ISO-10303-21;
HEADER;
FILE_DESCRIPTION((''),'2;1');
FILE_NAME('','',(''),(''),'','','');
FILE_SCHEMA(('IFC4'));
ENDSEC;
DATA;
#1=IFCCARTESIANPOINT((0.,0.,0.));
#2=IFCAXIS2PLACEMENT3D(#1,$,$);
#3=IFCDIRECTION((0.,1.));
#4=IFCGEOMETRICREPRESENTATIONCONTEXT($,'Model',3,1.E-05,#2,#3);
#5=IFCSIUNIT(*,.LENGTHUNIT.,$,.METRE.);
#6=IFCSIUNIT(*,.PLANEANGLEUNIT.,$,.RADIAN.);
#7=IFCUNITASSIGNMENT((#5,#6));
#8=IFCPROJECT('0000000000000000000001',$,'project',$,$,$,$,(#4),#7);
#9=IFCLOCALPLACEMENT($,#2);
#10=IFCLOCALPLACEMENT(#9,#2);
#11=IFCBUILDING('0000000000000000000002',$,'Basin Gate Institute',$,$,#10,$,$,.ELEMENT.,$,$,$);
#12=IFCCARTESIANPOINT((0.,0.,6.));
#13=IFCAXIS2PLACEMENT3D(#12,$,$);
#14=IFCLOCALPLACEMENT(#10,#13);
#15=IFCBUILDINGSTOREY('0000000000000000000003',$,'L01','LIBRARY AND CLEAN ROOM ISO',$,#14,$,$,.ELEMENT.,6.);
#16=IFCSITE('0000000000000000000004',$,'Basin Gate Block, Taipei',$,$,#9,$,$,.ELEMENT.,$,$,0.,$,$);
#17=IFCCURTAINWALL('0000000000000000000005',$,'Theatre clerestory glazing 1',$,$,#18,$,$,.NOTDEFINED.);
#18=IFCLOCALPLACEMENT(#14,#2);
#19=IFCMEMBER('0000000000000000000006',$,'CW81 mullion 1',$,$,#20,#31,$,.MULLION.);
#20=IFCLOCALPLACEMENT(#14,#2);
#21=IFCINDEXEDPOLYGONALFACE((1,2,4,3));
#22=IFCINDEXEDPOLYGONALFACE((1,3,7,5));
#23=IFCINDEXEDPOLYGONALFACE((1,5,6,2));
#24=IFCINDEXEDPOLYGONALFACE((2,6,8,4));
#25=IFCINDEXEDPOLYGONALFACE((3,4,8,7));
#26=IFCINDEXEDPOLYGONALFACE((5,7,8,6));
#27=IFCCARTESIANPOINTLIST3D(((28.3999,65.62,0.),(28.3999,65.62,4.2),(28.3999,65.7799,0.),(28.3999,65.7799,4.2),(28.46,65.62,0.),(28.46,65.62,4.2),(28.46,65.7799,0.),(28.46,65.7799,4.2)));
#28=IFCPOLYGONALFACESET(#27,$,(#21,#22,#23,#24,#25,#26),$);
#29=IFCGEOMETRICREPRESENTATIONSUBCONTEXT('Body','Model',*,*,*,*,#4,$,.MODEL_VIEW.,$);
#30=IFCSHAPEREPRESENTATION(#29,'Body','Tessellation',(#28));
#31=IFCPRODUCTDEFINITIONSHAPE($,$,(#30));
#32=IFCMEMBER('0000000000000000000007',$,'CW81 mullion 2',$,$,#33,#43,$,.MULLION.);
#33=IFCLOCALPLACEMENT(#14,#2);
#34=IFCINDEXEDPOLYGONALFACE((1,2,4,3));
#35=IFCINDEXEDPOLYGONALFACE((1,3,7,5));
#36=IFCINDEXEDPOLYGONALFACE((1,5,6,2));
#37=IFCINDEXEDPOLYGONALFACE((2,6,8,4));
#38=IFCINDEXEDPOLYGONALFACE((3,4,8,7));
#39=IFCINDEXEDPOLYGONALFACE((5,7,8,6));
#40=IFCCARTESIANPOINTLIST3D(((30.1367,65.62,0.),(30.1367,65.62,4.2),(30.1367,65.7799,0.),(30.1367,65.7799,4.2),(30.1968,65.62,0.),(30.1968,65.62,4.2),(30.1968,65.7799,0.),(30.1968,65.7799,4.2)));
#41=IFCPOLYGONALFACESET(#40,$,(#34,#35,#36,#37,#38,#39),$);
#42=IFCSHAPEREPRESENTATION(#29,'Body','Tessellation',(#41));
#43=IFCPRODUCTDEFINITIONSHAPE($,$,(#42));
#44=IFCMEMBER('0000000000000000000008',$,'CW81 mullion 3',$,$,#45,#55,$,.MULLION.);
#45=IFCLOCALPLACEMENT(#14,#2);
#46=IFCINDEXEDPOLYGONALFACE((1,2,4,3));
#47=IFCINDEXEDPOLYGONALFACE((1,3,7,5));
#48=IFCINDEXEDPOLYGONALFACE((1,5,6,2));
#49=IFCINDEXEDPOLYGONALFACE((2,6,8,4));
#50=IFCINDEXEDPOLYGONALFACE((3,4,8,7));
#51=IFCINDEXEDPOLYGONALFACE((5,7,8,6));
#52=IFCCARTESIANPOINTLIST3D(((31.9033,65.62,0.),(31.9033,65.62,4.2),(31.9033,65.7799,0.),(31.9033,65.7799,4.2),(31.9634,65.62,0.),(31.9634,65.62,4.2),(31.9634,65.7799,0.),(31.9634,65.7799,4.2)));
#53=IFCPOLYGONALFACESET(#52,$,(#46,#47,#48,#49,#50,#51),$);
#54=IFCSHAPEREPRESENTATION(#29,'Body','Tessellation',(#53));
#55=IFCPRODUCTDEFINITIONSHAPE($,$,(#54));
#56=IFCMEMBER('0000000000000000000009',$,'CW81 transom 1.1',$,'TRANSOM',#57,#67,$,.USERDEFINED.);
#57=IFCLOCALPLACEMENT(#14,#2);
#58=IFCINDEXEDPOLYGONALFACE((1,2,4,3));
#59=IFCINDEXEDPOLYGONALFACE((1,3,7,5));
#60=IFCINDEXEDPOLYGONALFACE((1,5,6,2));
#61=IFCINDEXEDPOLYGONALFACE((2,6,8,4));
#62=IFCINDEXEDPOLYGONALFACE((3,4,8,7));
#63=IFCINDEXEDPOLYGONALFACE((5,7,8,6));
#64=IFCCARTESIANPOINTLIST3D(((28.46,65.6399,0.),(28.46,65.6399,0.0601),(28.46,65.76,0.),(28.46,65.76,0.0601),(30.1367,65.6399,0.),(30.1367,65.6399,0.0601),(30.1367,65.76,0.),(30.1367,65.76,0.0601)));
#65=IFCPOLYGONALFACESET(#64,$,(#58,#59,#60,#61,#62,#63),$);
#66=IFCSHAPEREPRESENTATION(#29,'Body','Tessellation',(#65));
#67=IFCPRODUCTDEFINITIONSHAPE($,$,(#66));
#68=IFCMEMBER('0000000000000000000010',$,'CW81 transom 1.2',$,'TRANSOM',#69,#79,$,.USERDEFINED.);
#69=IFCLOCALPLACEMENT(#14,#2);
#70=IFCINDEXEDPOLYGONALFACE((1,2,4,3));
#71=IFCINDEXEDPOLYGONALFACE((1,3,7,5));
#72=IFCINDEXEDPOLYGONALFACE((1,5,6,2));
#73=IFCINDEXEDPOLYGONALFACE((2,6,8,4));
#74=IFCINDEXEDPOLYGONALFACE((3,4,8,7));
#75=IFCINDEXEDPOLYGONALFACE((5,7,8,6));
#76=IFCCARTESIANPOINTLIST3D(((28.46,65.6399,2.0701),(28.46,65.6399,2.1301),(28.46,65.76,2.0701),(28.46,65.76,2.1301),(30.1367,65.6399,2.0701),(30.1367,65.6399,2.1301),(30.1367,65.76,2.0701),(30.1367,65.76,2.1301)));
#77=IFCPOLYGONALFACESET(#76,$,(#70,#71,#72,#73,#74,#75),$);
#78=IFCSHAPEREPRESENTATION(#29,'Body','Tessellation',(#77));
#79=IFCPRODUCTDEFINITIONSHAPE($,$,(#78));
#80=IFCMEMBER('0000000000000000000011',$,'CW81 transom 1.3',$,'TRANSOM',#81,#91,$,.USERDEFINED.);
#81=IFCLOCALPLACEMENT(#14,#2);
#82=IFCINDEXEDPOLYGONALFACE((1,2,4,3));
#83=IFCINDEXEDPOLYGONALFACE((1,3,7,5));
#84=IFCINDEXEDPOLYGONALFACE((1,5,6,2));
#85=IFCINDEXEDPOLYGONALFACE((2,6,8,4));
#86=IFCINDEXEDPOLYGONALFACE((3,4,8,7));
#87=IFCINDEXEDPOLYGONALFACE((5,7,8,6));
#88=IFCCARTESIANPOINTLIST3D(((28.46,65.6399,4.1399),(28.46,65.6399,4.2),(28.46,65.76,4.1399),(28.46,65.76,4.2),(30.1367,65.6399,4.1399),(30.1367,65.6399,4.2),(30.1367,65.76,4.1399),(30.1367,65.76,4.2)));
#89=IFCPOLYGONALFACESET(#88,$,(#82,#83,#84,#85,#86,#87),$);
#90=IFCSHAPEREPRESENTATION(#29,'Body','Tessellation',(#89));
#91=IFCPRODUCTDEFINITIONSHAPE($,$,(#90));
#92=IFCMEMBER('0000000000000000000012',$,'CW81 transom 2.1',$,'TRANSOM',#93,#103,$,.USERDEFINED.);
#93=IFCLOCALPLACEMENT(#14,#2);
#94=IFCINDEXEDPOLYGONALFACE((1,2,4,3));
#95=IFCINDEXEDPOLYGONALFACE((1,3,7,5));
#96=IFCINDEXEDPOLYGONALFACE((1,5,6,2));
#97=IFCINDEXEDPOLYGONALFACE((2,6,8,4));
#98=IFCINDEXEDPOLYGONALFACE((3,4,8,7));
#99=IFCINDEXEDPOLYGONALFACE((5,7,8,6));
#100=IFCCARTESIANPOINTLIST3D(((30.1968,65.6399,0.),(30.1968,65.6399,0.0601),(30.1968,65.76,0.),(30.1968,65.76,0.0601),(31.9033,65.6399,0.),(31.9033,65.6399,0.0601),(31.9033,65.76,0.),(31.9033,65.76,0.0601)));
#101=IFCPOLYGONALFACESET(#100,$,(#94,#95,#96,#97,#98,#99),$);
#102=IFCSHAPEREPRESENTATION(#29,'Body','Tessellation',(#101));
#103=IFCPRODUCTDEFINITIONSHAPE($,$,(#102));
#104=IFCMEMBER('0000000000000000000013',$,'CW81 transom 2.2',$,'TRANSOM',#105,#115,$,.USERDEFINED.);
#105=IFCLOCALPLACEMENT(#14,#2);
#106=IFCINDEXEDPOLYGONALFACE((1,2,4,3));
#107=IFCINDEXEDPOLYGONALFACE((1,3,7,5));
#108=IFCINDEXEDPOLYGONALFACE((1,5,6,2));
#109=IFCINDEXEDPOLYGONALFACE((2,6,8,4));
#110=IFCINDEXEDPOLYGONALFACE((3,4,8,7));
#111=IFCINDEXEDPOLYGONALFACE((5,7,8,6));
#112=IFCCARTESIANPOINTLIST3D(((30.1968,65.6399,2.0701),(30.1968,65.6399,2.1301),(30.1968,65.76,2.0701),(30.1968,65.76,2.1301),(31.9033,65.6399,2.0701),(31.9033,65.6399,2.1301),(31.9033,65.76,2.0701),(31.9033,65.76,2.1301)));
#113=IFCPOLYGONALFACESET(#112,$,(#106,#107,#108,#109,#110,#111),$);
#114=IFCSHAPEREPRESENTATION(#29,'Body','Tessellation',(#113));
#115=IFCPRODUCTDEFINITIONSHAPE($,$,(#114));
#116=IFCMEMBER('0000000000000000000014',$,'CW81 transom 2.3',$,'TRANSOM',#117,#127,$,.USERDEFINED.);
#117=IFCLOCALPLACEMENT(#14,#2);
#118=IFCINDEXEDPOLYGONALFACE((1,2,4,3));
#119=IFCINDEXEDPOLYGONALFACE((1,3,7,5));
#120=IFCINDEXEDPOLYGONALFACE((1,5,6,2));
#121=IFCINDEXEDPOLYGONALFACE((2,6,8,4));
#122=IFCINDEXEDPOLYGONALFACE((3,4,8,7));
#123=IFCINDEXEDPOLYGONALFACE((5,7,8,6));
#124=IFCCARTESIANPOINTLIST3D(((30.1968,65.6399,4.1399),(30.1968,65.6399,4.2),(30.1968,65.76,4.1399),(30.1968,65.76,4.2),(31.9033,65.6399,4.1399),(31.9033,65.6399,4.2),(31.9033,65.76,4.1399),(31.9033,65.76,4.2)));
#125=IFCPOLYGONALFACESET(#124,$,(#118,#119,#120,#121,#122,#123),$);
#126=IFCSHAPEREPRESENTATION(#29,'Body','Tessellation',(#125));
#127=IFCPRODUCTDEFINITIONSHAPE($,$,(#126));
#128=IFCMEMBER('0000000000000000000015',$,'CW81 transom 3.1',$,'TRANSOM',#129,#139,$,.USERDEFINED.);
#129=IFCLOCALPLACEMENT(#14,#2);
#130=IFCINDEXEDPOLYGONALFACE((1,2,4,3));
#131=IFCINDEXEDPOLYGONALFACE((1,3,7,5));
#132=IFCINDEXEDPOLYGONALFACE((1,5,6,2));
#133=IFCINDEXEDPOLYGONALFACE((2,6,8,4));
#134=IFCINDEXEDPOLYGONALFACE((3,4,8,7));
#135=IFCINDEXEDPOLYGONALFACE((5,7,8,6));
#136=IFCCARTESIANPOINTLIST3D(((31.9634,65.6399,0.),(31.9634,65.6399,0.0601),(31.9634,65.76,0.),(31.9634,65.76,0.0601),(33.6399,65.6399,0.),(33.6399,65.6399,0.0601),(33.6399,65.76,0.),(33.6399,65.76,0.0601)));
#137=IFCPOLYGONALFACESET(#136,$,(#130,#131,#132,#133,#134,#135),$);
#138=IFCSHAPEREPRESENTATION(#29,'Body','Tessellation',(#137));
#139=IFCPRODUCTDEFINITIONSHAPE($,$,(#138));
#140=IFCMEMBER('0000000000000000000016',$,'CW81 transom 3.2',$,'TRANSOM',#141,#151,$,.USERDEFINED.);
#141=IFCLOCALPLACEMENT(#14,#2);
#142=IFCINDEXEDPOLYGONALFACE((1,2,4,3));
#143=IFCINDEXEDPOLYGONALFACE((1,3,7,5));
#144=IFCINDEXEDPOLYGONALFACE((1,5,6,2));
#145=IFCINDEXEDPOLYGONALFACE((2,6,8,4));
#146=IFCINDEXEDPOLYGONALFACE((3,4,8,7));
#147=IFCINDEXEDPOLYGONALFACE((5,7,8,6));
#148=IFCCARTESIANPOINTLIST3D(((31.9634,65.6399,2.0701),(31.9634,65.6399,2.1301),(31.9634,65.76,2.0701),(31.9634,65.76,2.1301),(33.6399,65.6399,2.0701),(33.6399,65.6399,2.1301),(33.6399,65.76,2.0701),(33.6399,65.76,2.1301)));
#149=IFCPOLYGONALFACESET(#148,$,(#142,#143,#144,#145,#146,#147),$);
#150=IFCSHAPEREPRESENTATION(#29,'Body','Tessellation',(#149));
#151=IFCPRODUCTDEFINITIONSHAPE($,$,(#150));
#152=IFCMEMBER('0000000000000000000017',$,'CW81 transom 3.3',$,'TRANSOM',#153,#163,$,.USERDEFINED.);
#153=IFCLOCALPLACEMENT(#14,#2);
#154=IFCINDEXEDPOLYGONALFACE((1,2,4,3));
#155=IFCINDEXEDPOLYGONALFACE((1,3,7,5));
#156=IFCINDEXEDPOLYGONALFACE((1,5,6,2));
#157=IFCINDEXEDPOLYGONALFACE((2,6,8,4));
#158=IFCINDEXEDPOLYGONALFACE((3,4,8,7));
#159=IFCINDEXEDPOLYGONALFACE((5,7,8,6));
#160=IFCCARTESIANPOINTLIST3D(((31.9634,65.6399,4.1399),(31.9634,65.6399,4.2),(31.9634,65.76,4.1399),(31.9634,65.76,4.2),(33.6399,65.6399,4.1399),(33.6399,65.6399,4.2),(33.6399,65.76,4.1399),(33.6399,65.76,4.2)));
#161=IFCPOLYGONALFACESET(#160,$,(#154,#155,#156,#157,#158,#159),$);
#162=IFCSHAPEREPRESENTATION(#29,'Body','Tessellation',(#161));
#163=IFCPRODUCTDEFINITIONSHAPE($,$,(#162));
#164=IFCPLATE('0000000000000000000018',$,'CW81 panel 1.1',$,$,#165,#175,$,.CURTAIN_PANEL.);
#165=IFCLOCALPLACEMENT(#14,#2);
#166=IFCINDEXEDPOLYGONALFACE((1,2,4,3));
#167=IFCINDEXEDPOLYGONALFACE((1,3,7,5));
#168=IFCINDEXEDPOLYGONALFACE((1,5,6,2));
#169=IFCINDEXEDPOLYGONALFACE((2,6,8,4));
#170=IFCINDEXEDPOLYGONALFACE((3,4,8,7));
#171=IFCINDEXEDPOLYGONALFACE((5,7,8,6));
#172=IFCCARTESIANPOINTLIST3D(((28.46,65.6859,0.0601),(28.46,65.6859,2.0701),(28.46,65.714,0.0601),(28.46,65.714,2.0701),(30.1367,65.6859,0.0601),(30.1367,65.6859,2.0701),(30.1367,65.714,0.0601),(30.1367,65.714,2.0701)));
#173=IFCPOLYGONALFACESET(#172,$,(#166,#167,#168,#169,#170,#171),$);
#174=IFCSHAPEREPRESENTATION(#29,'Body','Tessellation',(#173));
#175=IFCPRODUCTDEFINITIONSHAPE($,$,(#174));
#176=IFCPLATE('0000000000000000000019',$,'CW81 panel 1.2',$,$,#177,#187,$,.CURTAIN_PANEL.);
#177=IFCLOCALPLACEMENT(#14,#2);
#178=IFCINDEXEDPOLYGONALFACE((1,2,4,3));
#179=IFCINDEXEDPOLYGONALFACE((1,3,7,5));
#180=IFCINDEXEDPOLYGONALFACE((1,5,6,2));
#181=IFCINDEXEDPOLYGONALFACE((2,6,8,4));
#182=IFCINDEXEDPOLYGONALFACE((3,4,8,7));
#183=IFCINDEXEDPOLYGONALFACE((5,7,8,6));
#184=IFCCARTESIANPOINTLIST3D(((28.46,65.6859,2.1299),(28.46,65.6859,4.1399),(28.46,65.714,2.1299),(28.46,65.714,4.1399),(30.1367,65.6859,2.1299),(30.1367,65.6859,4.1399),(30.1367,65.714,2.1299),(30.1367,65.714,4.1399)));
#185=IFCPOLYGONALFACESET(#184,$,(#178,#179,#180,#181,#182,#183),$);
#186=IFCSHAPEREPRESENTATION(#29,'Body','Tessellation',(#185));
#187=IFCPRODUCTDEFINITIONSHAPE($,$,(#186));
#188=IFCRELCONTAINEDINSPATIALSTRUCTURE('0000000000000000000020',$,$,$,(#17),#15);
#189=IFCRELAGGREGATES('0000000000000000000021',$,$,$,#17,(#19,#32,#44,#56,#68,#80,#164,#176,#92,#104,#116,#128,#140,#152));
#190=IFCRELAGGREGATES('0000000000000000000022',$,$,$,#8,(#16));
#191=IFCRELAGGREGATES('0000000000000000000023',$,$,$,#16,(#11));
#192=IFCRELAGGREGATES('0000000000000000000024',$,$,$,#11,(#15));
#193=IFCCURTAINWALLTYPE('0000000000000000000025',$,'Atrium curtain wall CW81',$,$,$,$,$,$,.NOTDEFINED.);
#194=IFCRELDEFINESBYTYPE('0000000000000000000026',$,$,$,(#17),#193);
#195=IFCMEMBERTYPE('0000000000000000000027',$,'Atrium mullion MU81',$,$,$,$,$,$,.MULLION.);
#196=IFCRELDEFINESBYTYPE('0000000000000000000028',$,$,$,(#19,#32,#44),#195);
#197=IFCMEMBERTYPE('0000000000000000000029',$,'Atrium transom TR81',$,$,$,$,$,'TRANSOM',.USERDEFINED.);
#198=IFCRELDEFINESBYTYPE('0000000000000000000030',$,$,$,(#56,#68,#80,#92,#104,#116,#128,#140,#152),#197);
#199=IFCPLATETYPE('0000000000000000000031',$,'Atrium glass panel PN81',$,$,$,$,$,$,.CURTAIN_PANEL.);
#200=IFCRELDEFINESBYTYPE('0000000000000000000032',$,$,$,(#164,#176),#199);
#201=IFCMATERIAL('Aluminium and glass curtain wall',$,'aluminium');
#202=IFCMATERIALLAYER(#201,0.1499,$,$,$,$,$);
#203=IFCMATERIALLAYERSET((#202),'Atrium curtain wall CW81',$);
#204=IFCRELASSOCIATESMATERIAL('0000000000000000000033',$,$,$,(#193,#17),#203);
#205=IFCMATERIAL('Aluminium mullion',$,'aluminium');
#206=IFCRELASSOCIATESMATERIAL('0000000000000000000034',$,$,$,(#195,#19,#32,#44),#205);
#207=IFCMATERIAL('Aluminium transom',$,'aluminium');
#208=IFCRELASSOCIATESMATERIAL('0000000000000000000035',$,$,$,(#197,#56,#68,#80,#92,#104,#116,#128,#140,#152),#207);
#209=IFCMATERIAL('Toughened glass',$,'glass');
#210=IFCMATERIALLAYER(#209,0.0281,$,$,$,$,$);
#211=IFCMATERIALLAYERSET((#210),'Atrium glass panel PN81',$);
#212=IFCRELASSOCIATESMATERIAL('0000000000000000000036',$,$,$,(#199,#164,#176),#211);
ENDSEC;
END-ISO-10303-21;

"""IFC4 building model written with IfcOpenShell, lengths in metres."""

from ifc_helpers import new_model, si_unit, direction, frame, origin, origin_2d, place, context, subcontext, project, spatial, rectangle, extrude, material, layer, layer_set, material_profile, profile_set, type_object, element, aggregate, save


model = new_model("IFC4")

# Units and contexts
model_context = context("Model", 3, precision=1e-05, world=origin(), true_north=direction((0.0, 1.0)))
body_context = subcontext(model_context, "Body", "Model", "MODEL_VIEW")
ifc_project = project(units=[si_unit("LENGTHUNIT", "METRE"), si_unit("PLANEANGLEUNIT", "RADIAN")], contexts=[model_context])

# Site, building, storey
site_placement = place(None, origin())
site = spatial("IfcSite", under=ifc_project, at=site_placement, Name="Basin Gate Block, Taipei", CompositionType="ELEMENT", RefElevation=0.0)
building_placement = place(site_placement, origin())
building = spatial("IfcBuilding", under=site, at=building_placement, Name="Basin Gate Institute", CompositionType="ELEMENT")
storey_placement = place(building_placement, frame((0.0, 0.0, 6.0)))
storey = spatial("IfcBuildingStorey", under=building, at=storey_placement, Name="L01", Description="LIBRARY AND CLEAN ROOM ISO", CompositionType="ELEMENT", Elevation=6.0)

# Curtain wall, members, plates
ifc_material_1 = material(Name="Aluminium and glass curtain wall", Category="aluminium")
ifc_layer_1 = layer(ifc_material_1, 0.1499)
ifc_layer_set_1 = layer_set([ifc_layer_1], Name="Atrium curtain wall CW81")
curtain_wall_type = type_object("IfcCurtainWallType", Name="Atrium curtain wall CW81", PredefinedType="NOTDEFINED", material=ifc_layer_set_1)
curtain_wall_placement = place(storey_placement, origin())
curtain_wall = element("IfcCurtainWall", 1, at=curtain_wall_placement, inside=storey, type_object=curtain_wall_type, material=ifc_layer_set_1, Name="Theatre clerestory glazing 1", PredefinedType="NOTDEFINED")
ifc_material_2 = material(Name="Aluminium mullion", Category="aluminium")
ifc_material_profile_1 = material_profile(ifc_material_2, rectangle(XDim=0.1599, YDim=0.0601, at=origin_2d()), Name="Atrium mullion MU81 160 x 60")
ifc_profile_set_1 = profile_set([ifc_material_profile_1], Name="Aluminium mullion")
member_type_1 = type_object("IfcMemberType", Name="Atrium mullion MU81", PredefinedType="MULLION", material=ifc_profile_set_1)
member_1_placement = place(storey_placement, frame((28.4299, 65.7, 0.0), z_axis=(0.0, 0.0, 1.0), x_axis=(0.0, 1.0, 0.0)))
member_1 = element("IfcMember", 2, at=member_1_placement, type_object=member_type_1, material=ifc_profile_set_1, Name="CW81 mullion 1", PredefinedType="MULLION", context=body_context, shape_type="SweptSolid", body=[
    extrude(rectangle(XDim=0.1599, YDim=0.0601, at=origin_2d()), origin(), (0.0, 0.0, 1.0), 4.2),
])
member_2_placement = place(storey_placement, frame((30.1667, 65.7, 0.0), z_axis=(0.0, 0.0, 1.0), x_axis=(0.0, 1.0, 0.0)))
member_2 = element("IfcMember", 3, at=member_2_placement, type_object=member_type_1, material=ifc_profile_set_1, Name="CW81 mullion 2", PredefinedType="MULLION", context=body_context, shape_type="SweptSolid", body=[
    extrude(rectangle(XDim=0.1599, YDim=0.0601, at=origin_2d()), origin(), (0.0, 0.0, 1.0), 4.2),
])
member_3_placement = place(storey_placement, frame((31.9333, 65.7, 0.0), z_axis=(0.0, 0.0, 1.0), x_axis=(0.0, 1.0, 0.0)))
member_3 = element("IfcMember", 4, at=member_3_placement, type_object=member_type_1, material=ifc_profile_set_1, Name="CW81 mullion 3", PredefinedType="MULLION", context=body_context, shape_type="SweptSolid", body=[
    extrude(rectangle(XDim=0.1599, YDim=0.0601, at=origin_2d()), origin(), (0.0, 0.0, 1.0), 4.2),
])
ifc_material_3 = material(Name="Aluminium transom", Category="aluminium")
ifc_material_profile_2 = material_profile(ifc_material_3, rectangle(XDim=0.1201, YDim=0.0601, at=origin_2d()), Name="Atrium transom TR81 120 x 60")
ifc_profile_set_2 = profile_set([ifc_material_profile_2], Name="Aluminium transom")
member_type_2 = type_object("IfcMemberType", Name="Atrium transom TR81", ElementType="TRANSOM", PredefinedType="USERDEFINED", material=ifc_profile_set_2)
member_4_placement = place(storey_placement, frame((28.46, 65.7, 0.03), z_axis=(1.0, 0.0, 0.0), x_axis=(0.0, 1.0, 0.0)))
member_4 = element("IfcMember", 5, at=member_4_placement, type_object=member_type_2, material=ifc_profile_set_2, Name="CW81 transom 1.1", ObjectType="TRANSOM", PredefinedType="USERDEFINED", context=body_context, shape_type="SweptSolid", body=[
    extrude(rectangle(XDim=0.1201, YDim=0.0601, at=origin_2d()), origin(), (0.0, 0.0, 1.0), 1.6768),
])
member_5_placement = place(storey_placement, frame((28.46, 65.7, 2.1001), z_axis=(1.0, 0.0, 0.0), x_axis=(0.0, 1.0, 0.0)))
member_5 = element("IfcMember", 6, at=member_5_placement, type_object=member_type_2, material=ifc_profile_set_2, Name="CW81 transom 1.2", ObjectType="TRANSOM", PredefinedType="USERDEFINED", context=body_context, shape_type="SweptSolid", body=[
    extrude(rectangle(XDim=0.1201, YDim=0.0601, at=origin_2d()), origin(), (0.0, 0.0, 1.0), 1.6768),
])
member_6_placement = place(storey_placement, frame((28.46, 65.7, 4.1699), z_axis=(1.0, 0.0, 0.0), x_axis=(0.0, 1.0, 0.0)))
member_6 = element("IfcMember", 7, at=member_6_placement, type_object=member_type_2, material=ifc_profile_set_2, Name="CW81 transom 1.3", ObjectType="TRANSOM", PredefinedType="USERDEFINED", context=body_context, shape_type="SweptSolid", body=[
    extrude(rectangle(XDim=0.1201, YDim=0.0601, at=origin_2d()), origin(), (0.0, 0.0, 1.0), 1.6768),
])
member_7_placement = place(storey_placement, frame((30.1968, 65.7, 0.03), z_axis=(1.0, 0.0, 0.0), x_axis=(0.0, 1.0, 0.0)))
member_7 = element("IfcMember", 8, at=member_7_placement, type_object=member_type_2, material=ifc_profile_set_2, Name="CW81 transom 2.1", ObjectType="TRANSOM", PredefinedType="USERDEFINED", context=body_context, shape_type="SweptSolid", body=[
    extrude(rectangle(XDim=0.1201, YDim=0.0601, at=origin_2d()), origin(), (0.0, 0.0, 1.0), 1.7065),
])
member_8_placement = place(storey_placement, frame((30.1968, 65.7, 2.1001), z_axis=(1.0, 0.0, 0.0), x_axis=(0.0, 1.0, 0.0)))
member_8 = element("IfcMember", 9, at=member_8_placement, type_object=member_type_2, material=ifc_profile_set_2, Name="CW81 transom 2.2", ObjectType="TRANSOM", PredefinedType="USERDEFINED", context=body_context, shape_type="SweptSolid", body=[
    extrude(rectangle(XDim=0.1201, YDim=0.0601, at=origin_2d()), origin(), (0.0, 0.0, 1.0), 1.7065),
])
member_9_placement = place(storey_placement, frame((30.1968, 65.7, 4.1699), z_axis=(1.0, 0.0, 0.0), x_axis=(0.0, 1.0, 0.0)))
member_9 = element("IfcMember", 10, at=member_9_placement, type_object=member_type_2, material=ifc_profile_set_2, Name="CW81 transom 2.3", ObjectType="TRANSOM", PredefinedType="USERDEFINED", context=body_context, shape_type="SweptSolid", body=[
    extrude(rectangle(XDim=0.1201, YDim=0.0601, at=origin_2d()), origin(), (0.0, 0.0, 1.0), 1.7065),
])
member_10_placement = place(storey_placement, frame((31.9634, 65.7, 0.03), z_axis=(1.0, 0.0, 0.0), x_axis=(0.0, 1.0, 0.0)))
member_10 = element("IfcMember", 11, at=member_10_placement, type_object=member_type_2, material=ifc_profile_set_2, Name="CW81 transom 3.1", ObjectType="TRANSOM", PredefinedType="USERDEFINED", context=body_context, shape_type="SweptSolid", body=[
    extrude(rectangle(XDim=0.1201, YDim=0.0601, at=origin_2d()), origin(), (0.0, 0.0, 1.0), 1.6765),
])
member_11_placement = place(storey_placement, frame((31.9634, 65.7, 2.1001), z_axis=(1.0, 0.0, 0.0), x_axis=(0.0, 1.0, 0.0)))
member_11 = element("IfcMember", 12, at=member_11_placement, type_object=member_type_2, material=ifc_profile_set_2, Name="CW81 transom 3.2", ObjectType="TRANSOM", PredefinedType="USERDEFINED", context=body_context, shape_type="SweptSolid", body=[
    extrude(rectangle(XDim=0.1201, YDim=0.0601, at=origin_2d()), origin(), (0.0, 0.0, 1.0), 1.6765),
])
member_12_placement = place(storey_placement, frame((31.9634, 65.7, 4.1699), z_axis=(1.0, 0.0, 0.0), x_axis=(0.0, 1.0, 0.0)))
member_12 = element("IfcMember", 13, at=member_12_placement, type_object=member_type_2, material=ifc_profile_set_2, Name="CW81 transom 3.3", ObjectType="TRANSOM", PredefinedType="USERDEFINED", context=body_context, shape_type="SweptSolid", body=[
    extrude(rectangle(XDim=0.1201, YDim=0.0601, at=origin_2d()), origin(), (0.0, 0.0, 1.0), 1.6765),
])
ifc_material_4 = material(Name="Toughened glass", Category="glass")
ifc_layer_2 = layer(ifc_material_4, 0.0281)
ifc_layer_set_2 = layer_set([ifc_layer_2], Name="Atrium glass panel PN81")
plate_type = type_object("IfcPlateType", Name="Atrium glass panel PN81", PredefinedType="CURTAIN_PANEL", material=ifc_layer_set_2)
plate_1_placement = place(storey_placement, frame((29.2983, 65.7, 0.0601), z_axis=(0.0, 0.0, 1.0), x_axis=(1.0, 0.0, 0.0)))
plate_1 = element("IfcPlate", 14, at=plate_1_placement, type_object=plate_type, material=ifc_layer_set_2, Name="CW81 panel 1.1", PredefinedType="CURTAIN_PANEL", context=body_context, shape_type="SweptSolid", body=[
    extrude(rectangle(XDim=1.6768, YDim=0.0281, at=origin_2d()), origin(), (0.0, 0.0, 1.0), 2.01),
])
plate_2_placement = place(storey_placement, frame((29.2983, 65.7, 2.1299), z_axis=(0.0, 0.0, 1.0), x_axis=(1.0, 0.0, 0.0)))
plate_2 = element("IfcPlate", 15, at=plate_2_placement, type_object=plate_type, material=ifc_layer_set_2, Name="CW81 panel 1.2", PredefinedType="CURTAIN_PANEL", context=body_context, shape_type="SweptSolid", body=[
    extrude(rectangle(XDim=1.6768, YDim=0.0281, at=origin_2d()), origin(), (0.0, 0.0, 1.0), 2.01),
])
aggregate(curtain_wall, [member_1, member_2, member_3, member_4, member_5, member_6, plate_1, plate_2, member_7, member_8, member_9, member_10, member_11, member_12])

save(model, "model.ifc")
